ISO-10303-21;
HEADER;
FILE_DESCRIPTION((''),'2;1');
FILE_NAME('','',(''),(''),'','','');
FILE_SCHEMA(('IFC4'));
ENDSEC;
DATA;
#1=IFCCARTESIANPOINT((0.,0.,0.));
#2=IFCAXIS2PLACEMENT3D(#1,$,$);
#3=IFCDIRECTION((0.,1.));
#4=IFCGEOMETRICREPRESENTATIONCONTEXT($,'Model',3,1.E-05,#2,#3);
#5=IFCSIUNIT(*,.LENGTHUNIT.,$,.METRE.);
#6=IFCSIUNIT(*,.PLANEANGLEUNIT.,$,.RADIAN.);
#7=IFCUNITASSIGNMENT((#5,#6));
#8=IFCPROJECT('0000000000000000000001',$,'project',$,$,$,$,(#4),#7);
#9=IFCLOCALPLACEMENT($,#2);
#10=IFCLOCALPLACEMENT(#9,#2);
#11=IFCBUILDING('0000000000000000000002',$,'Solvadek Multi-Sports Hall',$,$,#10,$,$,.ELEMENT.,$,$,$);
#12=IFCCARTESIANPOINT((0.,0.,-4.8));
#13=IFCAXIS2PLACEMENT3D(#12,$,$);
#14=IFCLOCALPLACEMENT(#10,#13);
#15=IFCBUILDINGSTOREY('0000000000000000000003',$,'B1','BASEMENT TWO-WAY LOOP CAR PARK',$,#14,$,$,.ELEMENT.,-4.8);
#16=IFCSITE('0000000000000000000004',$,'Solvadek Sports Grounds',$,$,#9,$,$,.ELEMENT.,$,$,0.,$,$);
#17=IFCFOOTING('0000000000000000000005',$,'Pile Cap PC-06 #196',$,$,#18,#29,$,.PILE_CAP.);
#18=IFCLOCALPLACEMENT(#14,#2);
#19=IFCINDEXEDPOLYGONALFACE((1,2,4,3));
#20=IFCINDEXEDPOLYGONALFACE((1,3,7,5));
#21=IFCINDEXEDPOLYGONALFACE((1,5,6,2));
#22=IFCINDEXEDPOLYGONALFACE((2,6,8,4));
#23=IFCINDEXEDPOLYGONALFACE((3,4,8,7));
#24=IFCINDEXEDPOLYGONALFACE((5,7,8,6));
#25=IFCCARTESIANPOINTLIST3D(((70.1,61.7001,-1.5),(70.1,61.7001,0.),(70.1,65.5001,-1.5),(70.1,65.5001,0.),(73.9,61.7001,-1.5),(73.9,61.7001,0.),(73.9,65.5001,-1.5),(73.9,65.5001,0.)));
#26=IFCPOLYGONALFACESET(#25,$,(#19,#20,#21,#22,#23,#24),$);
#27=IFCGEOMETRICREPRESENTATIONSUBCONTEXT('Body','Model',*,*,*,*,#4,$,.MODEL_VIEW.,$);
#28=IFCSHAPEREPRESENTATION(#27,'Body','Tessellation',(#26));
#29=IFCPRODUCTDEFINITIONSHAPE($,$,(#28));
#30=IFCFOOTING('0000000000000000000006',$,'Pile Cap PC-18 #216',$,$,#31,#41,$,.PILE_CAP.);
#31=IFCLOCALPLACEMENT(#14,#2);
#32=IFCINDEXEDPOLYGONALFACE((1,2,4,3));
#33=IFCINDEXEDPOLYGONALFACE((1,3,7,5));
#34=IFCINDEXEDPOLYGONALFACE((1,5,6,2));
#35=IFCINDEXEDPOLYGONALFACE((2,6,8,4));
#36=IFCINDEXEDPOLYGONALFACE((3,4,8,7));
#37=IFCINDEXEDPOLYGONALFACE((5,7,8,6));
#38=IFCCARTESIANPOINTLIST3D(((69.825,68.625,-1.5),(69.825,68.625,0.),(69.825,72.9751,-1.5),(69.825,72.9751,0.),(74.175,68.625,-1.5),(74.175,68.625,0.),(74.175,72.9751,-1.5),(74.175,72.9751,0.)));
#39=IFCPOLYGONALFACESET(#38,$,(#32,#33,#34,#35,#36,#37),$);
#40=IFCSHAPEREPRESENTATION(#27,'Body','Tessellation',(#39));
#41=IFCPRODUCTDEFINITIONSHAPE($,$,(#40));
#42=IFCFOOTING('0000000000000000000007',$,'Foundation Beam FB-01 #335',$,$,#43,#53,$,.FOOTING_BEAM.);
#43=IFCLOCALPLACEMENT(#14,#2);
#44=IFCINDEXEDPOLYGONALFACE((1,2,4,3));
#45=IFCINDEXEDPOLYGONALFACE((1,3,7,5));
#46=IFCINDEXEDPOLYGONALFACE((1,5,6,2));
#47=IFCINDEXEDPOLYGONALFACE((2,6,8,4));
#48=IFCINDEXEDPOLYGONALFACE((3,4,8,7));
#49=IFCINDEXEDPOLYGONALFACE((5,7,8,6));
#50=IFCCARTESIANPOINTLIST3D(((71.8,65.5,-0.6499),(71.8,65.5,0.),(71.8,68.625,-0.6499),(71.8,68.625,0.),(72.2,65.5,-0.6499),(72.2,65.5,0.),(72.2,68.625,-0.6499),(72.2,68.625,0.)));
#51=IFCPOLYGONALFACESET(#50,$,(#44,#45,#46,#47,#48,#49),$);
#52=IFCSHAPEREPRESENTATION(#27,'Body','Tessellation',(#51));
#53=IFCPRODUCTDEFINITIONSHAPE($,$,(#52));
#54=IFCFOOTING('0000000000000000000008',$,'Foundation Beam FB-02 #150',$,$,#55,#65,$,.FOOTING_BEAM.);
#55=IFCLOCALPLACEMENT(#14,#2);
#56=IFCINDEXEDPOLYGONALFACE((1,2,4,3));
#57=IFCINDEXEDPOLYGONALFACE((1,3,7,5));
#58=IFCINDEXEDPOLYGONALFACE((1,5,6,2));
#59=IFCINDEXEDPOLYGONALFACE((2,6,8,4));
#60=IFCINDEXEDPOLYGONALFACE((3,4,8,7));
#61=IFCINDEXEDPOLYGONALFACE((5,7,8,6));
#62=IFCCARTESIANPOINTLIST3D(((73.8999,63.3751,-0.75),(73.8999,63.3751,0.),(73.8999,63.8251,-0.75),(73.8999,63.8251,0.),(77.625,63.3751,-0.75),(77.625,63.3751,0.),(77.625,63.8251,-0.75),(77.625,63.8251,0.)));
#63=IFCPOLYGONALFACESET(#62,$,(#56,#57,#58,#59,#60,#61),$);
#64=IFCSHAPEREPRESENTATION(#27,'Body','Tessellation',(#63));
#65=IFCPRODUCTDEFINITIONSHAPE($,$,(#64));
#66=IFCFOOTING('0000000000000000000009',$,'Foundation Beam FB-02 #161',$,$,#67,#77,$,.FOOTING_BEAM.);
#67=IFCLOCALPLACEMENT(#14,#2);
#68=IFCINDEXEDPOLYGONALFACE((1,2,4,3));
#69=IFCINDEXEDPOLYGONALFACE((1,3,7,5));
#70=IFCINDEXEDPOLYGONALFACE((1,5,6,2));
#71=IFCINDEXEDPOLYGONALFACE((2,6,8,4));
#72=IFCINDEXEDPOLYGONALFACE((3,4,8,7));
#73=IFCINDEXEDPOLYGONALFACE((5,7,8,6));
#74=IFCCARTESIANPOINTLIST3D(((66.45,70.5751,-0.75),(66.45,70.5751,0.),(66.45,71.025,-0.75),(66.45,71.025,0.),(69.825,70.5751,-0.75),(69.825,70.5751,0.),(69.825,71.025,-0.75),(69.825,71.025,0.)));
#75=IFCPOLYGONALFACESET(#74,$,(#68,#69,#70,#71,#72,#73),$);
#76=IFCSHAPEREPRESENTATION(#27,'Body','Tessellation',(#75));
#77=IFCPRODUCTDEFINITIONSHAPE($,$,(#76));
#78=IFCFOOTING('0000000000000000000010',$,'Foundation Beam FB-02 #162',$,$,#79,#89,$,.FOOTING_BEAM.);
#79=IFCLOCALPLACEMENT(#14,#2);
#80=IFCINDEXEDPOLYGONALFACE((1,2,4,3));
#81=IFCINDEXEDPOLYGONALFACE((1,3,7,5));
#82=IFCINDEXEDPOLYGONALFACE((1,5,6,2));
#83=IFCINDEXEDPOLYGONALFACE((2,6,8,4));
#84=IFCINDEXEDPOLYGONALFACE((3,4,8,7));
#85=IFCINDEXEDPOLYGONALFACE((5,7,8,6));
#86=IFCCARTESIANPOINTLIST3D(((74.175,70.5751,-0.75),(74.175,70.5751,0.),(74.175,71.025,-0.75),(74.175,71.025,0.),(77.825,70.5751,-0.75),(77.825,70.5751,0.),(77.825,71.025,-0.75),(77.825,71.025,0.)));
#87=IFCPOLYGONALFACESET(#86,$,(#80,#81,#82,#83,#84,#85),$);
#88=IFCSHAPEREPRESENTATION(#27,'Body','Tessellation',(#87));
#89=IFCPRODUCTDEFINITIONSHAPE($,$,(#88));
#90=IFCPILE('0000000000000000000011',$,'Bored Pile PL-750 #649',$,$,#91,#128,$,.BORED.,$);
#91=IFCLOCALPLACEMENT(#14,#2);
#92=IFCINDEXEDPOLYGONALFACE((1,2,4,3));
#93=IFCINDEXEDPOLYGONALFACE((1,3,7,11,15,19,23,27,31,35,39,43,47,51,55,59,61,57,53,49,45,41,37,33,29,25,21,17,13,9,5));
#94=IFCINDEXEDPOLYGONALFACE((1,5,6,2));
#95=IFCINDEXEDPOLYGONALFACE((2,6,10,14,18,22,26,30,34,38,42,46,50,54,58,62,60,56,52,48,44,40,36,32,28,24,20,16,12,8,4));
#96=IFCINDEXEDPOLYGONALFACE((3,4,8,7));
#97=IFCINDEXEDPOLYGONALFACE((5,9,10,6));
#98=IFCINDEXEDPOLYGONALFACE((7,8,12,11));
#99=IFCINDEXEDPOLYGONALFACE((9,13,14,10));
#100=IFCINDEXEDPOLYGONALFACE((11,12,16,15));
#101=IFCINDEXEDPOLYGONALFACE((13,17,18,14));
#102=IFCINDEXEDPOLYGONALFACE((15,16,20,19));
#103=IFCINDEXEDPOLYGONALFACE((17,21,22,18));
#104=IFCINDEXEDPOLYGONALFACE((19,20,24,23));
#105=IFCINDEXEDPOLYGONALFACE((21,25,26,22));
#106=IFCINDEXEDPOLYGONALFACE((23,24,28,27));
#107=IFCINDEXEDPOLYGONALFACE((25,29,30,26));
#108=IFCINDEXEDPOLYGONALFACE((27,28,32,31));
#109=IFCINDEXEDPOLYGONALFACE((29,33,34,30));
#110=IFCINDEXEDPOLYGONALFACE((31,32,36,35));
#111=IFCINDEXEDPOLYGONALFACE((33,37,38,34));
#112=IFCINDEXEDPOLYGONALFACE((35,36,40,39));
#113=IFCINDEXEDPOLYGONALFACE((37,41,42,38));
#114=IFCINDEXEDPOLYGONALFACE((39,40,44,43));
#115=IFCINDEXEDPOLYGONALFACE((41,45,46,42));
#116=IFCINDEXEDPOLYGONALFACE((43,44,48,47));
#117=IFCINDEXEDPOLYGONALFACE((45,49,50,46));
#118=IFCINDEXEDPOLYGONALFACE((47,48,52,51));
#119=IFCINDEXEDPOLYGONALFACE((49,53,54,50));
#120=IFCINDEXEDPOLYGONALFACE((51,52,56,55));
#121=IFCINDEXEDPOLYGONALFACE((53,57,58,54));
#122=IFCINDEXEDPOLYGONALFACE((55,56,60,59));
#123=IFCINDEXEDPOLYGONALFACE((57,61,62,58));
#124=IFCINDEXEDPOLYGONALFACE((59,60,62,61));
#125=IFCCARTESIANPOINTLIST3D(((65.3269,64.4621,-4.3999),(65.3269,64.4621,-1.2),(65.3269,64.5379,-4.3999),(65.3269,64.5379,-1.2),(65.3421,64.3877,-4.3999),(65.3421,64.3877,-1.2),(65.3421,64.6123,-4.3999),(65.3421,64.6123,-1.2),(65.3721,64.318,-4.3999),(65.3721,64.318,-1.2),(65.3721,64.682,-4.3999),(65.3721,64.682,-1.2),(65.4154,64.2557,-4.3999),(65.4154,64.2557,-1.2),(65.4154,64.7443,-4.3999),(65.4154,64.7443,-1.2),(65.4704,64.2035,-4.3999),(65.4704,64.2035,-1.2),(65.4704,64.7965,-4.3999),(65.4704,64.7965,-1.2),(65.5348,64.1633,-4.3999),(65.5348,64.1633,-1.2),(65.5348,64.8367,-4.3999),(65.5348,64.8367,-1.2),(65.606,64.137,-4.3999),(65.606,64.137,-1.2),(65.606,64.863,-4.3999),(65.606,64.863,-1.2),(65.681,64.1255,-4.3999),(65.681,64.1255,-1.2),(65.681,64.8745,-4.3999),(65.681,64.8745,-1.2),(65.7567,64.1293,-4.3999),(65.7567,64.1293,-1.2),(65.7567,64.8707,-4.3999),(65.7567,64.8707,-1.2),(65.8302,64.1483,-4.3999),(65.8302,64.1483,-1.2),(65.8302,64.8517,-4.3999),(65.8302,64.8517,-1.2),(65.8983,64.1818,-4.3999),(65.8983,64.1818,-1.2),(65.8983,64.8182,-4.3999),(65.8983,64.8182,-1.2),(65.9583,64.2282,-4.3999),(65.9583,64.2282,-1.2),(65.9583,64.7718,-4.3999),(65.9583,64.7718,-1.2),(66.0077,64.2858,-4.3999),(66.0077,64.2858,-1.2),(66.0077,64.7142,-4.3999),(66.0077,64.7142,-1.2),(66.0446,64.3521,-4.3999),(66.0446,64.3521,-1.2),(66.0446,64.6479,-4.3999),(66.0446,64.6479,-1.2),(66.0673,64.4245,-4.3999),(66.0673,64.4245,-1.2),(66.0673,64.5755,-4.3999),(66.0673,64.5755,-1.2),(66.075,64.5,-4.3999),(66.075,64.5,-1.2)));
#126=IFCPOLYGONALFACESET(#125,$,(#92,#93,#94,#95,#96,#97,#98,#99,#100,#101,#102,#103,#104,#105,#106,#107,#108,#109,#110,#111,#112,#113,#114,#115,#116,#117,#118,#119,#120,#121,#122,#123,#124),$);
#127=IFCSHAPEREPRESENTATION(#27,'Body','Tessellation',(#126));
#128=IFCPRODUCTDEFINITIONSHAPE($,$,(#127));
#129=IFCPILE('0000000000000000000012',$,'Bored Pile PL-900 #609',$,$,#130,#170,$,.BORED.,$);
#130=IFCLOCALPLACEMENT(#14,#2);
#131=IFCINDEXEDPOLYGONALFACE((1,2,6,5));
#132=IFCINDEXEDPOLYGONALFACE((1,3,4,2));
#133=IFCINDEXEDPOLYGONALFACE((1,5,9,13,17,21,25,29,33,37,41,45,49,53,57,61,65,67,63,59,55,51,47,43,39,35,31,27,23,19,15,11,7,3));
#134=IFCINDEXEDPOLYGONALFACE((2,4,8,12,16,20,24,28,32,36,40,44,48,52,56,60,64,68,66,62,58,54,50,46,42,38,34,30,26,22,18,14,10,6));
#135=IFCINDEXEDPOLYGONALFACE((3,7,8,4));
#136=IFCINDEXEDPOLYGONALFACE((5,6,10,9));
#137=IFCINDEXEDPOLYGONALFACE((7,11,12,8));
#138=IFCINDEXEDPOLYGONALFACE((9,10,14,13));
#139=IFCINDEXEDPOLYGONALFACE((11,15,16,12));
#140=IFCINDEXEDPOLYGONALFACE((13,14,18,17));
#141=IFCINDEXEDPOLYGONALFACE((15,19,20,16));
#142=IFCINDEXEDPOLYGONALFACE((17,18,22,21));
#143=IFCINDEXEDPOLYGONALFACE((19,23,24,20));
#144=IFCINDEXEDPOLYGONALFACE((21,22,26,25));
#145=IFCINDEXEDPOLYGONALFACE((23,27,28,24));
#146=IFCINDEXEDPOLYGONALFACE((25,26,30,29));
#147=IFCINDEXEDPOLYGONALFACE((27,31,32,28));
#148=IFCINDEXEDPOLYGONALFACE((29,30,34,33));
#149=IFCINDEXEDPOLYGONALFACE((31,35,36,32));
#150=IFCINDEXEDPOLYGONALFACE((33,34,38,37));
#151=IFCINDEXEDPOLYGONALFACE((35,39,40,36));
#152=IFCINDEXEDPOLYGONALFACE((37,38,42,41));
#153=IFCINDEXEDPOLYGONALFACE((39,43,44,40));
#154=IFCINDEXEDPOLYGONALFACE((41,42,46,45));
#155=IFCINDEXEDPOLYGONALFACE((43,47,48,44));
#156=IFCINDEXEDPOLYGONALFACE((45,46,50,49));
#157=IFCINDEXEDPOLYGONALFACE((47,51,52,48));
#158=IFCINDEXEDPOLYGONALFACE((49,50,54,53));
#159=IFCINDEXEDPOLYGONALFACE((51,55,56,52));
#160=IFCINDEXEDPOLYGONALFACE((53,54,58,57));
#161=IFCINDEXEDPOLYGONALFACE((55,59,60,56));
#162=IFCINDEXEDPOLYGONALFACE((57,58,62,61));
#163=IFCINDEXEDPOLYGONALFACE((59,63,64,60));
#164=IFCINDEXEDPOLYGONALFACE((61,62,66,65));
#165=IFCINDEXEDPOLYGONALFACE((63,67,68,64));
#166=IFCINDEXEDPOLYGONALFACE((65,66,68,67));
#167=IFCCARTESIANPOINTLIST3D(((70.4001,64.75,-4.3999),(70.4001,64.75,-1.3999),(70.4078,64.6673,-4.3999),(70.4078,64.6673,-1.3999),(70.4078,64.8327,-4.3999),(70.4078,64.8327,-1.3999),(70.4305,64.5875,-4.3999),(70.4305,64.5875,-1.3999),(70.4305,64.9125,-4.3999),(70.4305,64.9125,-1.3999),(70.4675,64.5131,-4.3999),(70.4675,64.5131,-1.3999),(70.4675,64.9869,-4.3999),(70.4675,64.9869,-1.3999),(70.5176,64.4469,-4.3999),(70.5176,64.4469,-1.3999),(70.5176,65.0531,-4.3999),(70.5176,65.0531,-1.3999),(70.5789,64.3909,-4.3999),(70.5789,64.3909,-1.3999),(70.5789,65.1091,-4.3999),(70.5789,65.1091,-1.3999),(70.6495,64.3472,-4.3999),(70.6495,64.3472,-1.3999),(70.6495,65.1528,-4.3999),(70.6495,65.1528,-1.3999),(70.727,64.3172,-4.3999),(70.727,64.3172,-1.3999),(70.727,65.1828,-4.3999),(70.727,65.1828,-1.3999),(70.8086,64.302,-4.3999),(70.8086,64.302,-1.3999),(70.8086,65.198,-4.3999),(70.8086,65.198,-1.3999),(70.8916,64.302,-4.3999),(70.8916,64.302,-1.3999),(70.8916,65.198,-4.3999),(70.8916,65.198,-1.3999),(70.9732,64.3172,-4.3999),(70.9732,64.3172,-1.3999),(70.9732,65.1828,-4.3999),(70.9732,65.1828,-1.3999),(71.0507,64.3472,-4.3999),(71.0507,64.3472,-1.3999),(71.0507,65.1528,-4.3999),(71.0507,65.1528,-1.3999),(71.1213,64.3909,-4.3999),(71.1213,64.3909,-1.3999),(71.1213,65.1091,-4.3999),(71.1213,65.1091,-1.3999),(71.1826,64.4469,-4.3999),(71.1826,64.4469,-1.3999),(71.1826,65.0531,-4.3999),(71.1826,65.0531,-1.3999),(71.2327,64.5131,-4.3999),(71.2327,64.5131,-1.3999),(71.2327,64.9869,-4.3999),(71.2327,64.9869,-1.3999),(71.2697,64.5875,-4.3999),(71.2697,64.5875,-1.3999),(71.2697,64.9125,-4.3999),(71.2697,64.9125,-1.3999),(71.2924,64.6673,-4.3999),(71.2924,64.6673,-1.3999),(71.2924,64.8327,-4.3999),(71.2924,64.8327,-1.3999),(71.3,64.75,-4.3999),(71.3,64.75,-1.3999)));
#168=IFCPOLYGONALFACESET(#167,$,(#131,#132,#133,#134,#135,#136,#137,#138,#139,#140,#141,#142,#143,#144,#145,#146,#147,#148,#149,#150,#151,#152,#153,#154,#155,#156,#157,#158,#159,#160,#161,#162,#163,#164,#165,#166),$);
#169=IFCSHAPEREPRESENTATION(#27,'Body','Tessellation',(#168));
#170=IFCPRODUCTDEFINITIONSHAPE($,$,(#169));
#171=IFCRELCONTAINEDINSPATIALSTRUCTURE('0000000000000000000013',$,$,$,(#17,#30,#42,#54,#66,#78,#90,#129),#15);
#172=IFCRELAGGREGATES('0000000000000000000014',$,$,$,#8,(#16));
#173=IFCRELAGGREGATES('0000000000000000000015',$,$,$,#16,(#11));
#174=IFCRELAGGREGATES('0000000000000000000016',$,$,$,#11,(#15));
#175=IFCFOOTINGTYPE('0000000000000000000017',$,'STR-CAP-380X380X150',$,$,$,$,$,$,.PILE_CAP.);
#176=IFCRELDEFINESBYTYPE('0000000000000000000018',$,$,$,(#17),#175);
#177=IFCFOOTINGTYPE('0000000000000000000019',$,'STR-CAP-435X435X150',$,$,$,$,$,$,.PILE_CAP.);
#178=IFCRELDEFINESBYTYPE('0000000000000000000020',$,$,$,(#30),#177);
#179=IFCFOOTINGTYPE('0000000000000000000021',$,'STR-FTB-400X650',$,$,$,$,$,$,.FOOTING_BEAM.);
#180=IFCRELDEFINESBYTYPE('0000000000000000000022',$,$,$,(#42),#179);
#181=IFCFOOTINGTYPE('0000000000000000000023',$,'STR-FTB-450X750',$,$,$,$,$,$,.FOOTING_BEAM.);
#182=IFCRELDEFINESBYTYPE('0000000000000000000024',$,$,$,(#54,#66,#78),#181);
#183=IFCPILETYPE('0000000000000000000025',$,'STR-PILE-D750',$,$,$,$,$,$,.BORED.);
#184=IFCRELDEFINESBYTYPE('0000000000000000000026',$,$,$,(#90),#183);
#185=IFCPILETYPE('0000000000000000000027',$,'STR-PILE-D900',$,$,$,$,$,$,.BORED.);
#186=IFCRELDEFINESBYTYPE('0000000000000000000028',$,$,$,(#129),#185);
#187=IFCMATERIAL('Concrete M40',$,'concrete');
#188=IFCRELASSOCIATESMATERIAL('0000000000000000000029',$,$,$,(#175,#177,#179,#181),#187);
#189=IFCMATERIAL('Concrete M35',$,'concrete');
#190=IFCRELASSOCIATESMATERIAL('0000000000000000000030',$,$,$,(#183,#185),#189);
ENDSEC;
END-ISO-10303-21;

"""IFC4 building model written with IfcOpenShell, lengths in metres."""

from ifc_helpers import new_model, si_unit, direction, frame, origin, origin_2d, place, context, subcontext, project, spatial, rectangle, circle, extrude, material, material_profile, profile_set, type_object, element, save


model = new_model("IFC4")

# Units and contexts
model_context = context("Model", 3, precision=1e-05, world=origin(), true_north=direction((0.0, 1.0)))
body_context = subcontext(model_context, "Body", "Model", "MODEL_VIEW")
ifc_project = project(units=[si_unit("LENGTHUNIT", "METRE"), si_unit("PLANEANGLEUNIT", "RADIAN")], contexts=[model_context])

# Site, building, storey
site_placement = place(None, origin())
site = spatial("IfcSite", under=ifc_project, at=site_placement, Name="Solvadek Sports Grounds", CompositionType="ELEMENT", RefElevation=0.0)
building_placement = place(site_placement, origin())
building = spatial("IfcBuilding", under=site, at=building_placement, Name="Solvadek Multi-Sports Hall", CompositionType="ELEMENT")
storey_placement = place(building_placement, frame((0.0, 0.0, -4.8)))
storey = spatial("IfcBuildingStorey", under=building, at=storey_placement, Name="B1", Description="BASEMENT TWO-WAY LOOP CAR PARK", CompositionType="ELEMENT", Elevation=-4.8)

# Footings
ifc_material_1 = material(Name="Concrete M40", Category="concrete")
footing_type_1 = type_object("IfcFootingType", Name="STR-CAP-380X380X150", PredefinedType="PILE_CAP", material=ifc_material_1)
footing_1_placement = place(storey_placement, frame((72.0, 63.6001, -1.5), z_axis=(0.0, 0.0, 1.0), x_axis=(1.0, 0.0, 0.0)))
element("IfcFooting", 1, at=footing_1_placement, inside=storey, type_object=footing_type_1, Name="Pile Cap PC-06 #196", PredefinedType="PILE_CAP", context=body_context, shape_type="SweptSolid", body=[
    extrude(rectangle(XDim=3.8, YDim=3.8, at=origin_2d()), origin(), (0.0, 0.0, 1.0), 1.5),
])
footing_type_2 = type_object("IfcFootingType", Name="STR-CAP-435X435X150", PredefinedType="PILE_CAP", material=ifc_material_1)
footing_2_placement = place(storey_placement, frame((72.0, 70.8, -1.5), z_axis=(0.0, 0.0, 1.0), x_axis=(1.0, 0.0, 0.0)))
element("IfcFooting", 2, at=footing_2_placement, inside=storey, type_object=footing_type_2, Name="Pile Cap PC-18 #216", PredefinedType="PILE_CAP", context=body_context, shape_type="SweptSolid", body=[
    extrude(rectangle(XDim=4.3501, YDim=4.3501, at=origin_2d()), origin(), (0.0, 0.0, 1.0), 1.5),
])
footing_type_3 = type_object("IfcFootingType", Name="STR-FTB-400X650", PredefinedType="FOOTING_BEAM", material=ifc_material_1)
footing_3_placement = place(storey_placement, frame((72.0, 67.0625, -0.6499), z_axis=(0.0, 0.0, 1.0), x_axis=(0.0, 1.0, 0.0)))
element("IfcFooting", 3, at=footing_3_placement, inside=storey, type_object=footing_type_3, Name="Foundation Beam FB-01 #335", PredefinedType="FOOTING_BEAM", context=body_context, shape_type="SweptSolid", body=[
    extrude(rectangle(XDim=3.125, YDim=0.3999, at=origin_2d()), origin(), (0.0, 0.0, 1.0), 0.6499),
])
footing_type_4 = type_object("IfcFootingType", Name="STR-FTB-450X750", PredefinedType="FOOTING_BEAM", material=ifc_material_1)
footing_4_placement = place(storey_placement, frame((75.7625, 63.6001, -0.75), z_axis=(0.0, 0.0, 1.0), x_axis=(1.0, 0.0, 0.0)))
element("IfcFooting", 4, at=footing_4_placement, inside=storey, type_object=footing_type_4, Name="Foundation Beam FB-02 #150", PredefinedType="FOOTING_BEAM", context=body_context, shape_type="SweptSolid", body=[
    extrude(rectangle(XDim=3.7251, YDim=0.45, at=origin_2d()), origin(), (0.0, 0.0, 1.0), 0.75),
])
footing_5_placement = place(storey_placement, frame((68.1375, 70.8, -0.75), z_axis=(0.0, 0.0, 1.0), x_axis=(1.0, 0.0, 0.0)))
element("IfcFooting", 5, at=footing_5_placement, inside=storey, type_object=footing_type_4, Name="Foundation Beam FB-02 #161", PredefinedType="FOOTING_BEAM", context=body_context, shape_type="SweptSolid", body=[
    extrude(rectangle(XDim=3.375, YDim=0.45, at=origin_2d()), origin(), (0.0, 0.0, 1.0), 0.75),
])
footing_6_placement = place(storey_placement, frame((76.0, 70.8, -0.75), z_axis=(0.0, 0.0, 1.0), x_axis=(1.0, 0.0, 0.0)))
element("IfcFooting", 6, at=footing_6_placement, inside=storey, type_object=footing_type_4, Name="Foundation Beam FB-02 #162", PredefinedType="FOOTING_BEAM", context=body_context, shape_type="SweptSolid", body=[
    extrude(rectangle(XDim=3.6499, YDim=0.45, at=origin_2d()), origin(), (0.0, 0.0, 1.0), 0.75),
])

# Piles
ifc_material_2 = material(Name="Concrete M35", Category="concrete")
ifc_material_profile_1 = material_profile(ifc_material_2, circle(Radius=0.375, at=origin_2d()), Name="BORED PILE D750")
ifc_profile_set_1 = profile_set([ifc_material_profile_1], Name="Concrete M35")
pile_type_1 = type_object("IfcPileType", Name="STR-PILE-D750", PredefinedType="BORED", material=ifc_profile_set_1)
pile_placement = place(storey_placement, frame((65.7, 64.5, -1.2), z_axis=(0.0, 0.0, -1.0), x_axis=(1.0, 0.0, 0.0)))
element("IfcPile", 7, at=pile_placement, inside=storey, type_object=pile_type_1, Name="Bored Pile PL-750 #649", PredefinedType="BORED", context=body_context, shape_type="SweptSolid", body=[
    extrude(circle(Radius=0.375, at=origin_2d()), origin(), (0.0, 0.0, 1.0), 3.2),
])
ifc_material_profile_2 = material_profile(ifc_material_2, circle(Radius=0.45, at=origin_2d()), Name="BORED PILE D900")
ifc_profile_set_2 = profile_set([ifc_material_profile_2], Name="Concrete M35")
pile_type_2 = type_object("IfcPileType", Name="STR-PILE-D900", PredefinedType="BORED", material=ifc_profile_set_2)
for number, where, z_axis, x_axis, name in (
    (8, (70.8501, 64.75, -1.3999), (0.0, 0.0, -1.0), (1.0, 0.0, 0.0), "Bored Pile PL-900 #609"),
):
    element("IfcPile", number, at=place(storey_placement, frame(where, z_axis=z_axis, x_axis=x_axis)), inside=storey, type_object=pile_type_2, Name=name, PredefinedType="BORED", context=body_context, shape_type="SweptSolid", body=[
        extrude(circle(Radius=0.45, at=origin_2d()), origin(), (0.0, 0.0, 1.0), 3.0),
    ])

save(model, "model.ifc")
